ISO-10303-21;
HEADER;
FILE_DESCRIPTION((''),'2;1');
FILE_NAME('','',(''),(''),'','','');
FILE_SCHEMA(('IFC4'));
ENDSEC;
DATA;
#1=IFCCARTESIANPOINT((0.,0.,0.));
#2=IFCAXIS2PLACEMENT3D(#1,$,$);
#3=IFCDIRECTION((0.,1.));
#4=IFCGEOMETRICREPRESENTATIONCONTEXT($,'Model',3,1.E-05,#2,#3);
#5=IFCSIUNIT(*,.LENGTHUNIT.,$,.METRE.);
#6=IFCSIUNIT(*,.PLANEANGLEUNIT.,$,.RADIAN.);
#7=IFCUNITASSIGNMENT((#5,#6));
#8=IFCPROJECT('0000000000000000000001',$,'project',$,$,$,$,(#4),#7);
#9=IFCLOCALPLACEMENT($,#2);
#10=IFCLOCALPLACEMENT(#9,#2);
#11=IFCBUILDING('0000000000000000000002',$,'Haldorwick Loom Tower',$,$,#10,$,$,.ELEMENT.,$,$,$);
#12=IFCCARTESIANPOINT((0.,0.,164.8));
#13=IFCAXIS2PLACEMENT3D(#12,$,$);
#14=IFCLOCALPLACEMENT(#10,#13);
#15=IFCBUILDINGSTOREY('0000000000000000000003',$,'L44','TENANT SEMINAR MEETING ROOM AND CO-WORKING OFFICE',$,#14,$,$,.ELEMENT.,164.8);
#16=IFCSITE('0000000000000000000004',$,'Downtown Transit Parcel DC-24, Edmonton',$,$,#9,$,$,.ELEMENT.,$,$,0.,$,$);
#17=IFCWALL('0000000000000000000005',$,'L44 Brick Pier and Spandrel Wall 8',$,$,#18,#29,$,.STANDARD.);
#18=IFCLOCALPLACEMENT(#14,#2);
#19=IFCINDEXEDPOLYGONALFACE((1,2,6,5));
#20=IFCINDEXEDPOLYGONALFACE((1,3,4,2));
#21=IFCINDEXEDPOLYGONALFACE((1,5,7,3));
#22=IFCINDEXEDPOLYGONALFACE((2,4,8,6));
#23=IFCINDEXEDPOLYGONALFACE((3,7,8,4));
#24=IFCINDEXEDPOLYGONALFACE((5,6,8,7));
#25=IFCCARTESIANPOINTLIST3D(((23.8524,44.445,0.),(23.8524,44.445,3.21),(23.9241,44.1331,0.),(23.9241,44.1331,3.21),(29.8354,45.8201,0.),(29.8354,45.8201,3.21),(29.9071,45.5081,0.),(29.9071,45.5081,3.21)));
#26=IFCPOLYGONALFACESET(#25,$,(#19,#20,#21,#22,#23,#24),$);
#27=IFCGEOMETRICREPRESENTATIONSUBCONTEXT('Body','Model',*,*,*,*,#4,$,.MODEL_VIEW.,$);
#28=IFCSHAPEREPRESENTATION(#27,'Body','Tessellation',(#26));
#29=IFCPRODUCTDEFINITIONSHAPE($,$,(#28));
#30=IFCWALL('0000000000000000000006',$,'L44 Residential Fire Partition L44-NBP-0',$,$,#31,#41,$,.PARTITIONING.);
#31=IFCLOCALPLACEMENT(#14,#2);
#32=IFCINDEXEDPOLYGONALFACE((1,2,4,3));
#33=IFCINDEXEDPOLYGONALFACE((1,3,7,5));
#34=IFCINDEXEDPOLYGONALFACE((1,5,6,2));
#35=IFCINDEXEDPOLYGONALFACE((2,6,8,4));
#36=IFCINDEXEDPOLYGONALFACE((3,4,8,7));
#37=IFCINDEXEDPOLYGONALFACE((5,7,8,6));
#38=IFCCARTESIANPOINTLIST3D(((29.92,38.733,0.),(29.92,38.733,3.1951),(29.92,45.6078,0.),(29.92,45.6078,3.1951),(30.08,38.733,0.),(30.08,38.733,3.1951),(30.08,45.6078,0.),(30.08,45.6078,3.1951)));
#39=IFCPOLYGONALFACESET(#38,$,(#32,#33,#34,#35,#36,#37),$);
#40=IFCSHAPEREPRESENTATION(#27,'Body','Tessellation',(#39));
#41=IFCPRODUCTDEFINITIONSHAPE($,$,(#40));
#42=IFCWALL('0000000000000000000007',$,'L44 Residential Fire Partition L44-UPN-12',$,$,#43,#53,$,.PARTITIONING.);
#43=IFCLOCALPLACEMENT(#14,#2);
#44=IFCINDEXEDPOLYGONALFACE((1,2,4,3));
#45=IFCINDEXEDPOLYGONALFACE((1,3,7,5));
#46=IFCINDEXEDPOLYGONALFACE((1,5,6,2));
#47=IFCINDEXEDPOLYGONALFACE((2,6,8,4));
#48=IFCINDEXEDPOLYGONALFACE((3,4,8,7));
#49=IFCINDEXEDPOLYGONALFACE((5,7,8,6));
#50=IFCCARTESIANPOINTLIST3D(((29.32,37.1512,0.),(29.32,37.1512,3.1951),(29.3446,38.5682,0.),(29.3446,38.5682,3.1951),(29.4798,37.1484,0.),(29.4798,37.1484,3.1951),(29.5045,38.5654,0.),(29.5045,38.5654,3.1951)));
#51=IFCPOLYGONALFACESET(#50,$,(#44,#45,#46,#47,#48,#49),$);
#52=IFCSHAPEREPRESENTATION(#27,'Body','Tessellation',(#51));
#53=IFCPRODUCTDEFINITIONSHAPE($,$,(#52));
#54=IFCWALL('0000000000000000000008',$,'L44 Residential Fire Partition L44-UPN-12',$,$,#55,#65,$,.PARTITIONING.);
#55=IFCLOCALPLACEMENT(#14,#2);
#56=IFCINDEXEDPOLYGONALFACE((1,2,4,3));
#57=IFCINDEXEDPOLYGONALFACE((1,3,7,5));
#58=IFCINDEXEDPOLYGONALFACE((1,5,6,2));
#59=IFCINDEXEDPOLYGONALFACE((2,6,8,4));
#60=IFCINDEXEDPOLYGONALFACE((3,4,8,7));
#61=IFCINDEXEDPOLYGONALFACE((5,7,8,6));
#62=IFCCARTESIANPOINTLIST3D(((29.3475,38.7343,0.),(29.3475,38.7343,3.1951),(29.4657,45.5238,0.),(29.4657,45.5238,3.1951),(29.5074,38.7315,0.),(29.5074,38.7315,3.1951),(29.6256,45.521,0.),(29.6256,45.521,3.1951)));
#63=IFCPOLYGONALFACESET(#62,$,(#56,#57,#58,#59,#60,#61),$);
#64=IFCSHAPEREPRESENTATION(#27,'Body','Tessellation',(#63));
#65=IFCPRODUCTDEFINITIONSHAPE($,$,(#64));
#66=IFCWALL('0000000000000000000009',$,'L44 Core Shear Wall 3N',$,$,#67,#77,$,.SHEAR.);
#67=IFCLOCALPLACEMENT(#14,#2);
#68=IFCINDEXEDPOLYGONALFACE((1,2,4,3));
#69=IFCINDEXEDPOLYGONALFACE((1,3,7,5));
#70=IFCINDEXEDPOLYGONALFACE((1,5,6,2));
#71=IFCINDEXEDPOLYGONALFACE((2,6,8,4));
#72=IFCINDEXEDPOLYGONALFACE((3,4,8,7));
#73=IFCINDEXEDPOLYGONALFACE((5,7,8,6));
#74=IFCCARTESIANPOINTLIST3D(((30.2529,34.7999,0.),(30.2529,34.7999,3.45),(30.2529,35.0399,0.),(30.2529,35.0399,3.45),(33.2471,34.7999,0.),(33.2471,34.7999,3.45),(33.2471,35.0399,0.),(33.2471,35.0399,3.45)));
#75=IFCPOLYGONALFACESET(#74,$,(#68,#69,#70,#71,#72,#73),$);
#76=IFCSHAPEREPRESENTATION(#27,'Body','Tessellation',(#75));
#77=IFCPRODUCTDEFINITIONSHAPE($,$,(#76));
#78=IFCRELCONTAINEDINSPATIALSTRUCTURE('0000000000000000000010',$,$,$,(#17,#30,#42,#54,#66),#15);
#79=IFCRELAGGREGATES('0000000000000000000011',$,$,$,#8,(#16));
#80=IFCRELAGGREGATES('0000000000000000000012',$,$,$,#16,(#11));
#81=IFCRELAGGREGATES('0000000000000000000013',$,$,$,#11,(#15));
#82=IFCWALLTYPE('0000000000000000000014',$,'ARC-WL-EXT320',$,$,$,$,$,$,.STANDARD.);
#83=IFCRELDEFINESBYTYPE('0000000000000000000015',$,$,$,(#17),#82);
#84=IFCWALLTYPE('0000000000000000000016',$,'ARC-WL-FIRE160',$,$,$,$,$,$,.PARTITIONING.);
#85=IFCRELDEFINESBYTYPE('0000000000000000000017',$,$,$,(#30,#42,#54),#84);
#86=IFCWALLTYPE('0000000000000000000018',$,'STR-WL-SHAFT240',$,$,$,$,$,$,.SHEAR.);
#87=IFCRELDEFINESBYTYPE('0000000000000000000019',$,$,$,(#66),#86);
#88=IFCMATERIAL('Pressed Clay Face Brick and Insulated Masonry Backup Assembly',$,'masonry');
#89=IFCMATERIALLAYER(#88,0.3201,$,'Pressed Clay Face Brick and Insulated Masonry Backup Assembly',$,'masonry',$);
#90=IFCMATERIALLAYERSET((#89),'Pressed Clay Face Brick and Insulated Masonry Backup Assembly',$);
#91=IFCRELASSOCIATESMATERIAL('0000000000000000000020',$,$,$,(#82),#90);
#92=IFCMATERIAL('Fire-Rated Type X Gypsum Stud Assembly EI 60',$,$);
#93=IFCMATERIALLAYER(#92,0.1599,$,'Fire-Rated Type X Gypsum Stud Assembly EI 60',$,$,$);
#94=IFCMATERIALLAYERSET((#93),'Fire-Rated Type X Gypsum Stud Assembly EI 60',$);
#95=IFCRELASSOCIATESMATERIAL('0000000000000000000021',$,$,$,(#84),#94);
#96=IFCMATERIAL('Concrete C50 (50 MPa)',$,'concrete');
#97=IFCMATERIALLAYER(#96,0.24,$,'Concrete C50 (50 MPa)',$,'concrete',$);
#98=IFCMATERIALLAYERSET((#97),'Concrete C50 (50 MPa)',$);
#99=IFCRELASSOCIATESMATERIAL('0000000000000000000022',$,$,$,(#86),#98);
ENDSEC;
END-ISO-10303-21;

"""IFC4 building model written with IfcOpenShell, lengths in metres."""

from ifc_helpers import new_model, si_unit, direction, frame, frame_2d, origin, place, context, subcontext, project, spatial, rectangle, extrude, material, layer, layer_set, type_object, element, save


model = new_model("IFC4")

# Units and contexts
model_context = context("Model", 3, precision=1e-05, world=origin(), true_north=direction((0.0, 1.0)))
body_context = subcontext(model_context, "Body", "Model", "MODEL_VIEW")
ifc_project = project(units=[si_unit("LENGTHUNIT", "METRE"), si_unit("PLANEANGLEUNIT", "RADIAN")], contexts=[model_context])

# Site, building, storey
site_placement = place(None, origin())
site = spatial("IfcSite", under=ifc_project, at=site_placement, Name="Downtown Transit Parcel DC-24, Edmonton", CompositionType="ELEMENT", RefElevation=0.0)
building_placement = place(site_placement, origin())
building = spatial("IfcBuilding", under=site, at=building_placement, Name="Haldorwick Loom Tower", CompositionType="ELEMENT")
storey_placement = place(building_placement, frame((0.0, 0.0, 164.8)))
storey = spatial("IfcBuildingStorey", under=building, at=storey_placement, Name="L44", Description="TENANT SEMINAR MEETING ROOM AND CO-WORKING OFFICE", CompositionType="ELEMENT", Elevation=164.8)

# Walls
ifc_material_1 = material(Name="Pressed Clay Face Brick and Insulated Masonry Backup Assembly", Category="masonry")
ifc_layer_1 = layer(ifc_material_1, 0.3201, Name="Pressed Clay Face Brick and Insulated Masonry Backup Assembly", Category="masonry")
ifc_layer_set_1 = layer_set([ifc_layer_1], Name="Pressed Clay Face Brick and Insulated Masonry Backup Assembly")
wall_type_1 = type_object("IfcWallType", Name="ARC-WL-EXT320", PredefinedType="STANDARD", material=ifc_layer_set_1)
wall_1_placement = place(storey_placement, frame((29.8711, 45.6641, 0.0), z_axis=(0.0, 0.0, 1.0), x_axis=(-0.974593, -0.223982, 0.0)))
element("IfcWall", 1, at=wall_1_placement, inside=storey, type_object=wall_type_1, Name="L44 Brick Pier and Spandrel Wall 8", PredefinedType="STANDARD", context=body_context, shape_type="SweptSolid", body=[
    extrude(rectangle(XDim=6.1389, YDim=0.3201, at=frame_2d((3.0693, 0.0))), origin(), (0.0, 0.0, 1.0), 3.21),
])
ifc_material_2 = material(Name="Fire-Rated Type X Gypsum Stud Assembly EI 60")
ifc_layer_2 = layer(ifc_material_2, 0.1599, Name="Fire-Rated Type X Gypsum Stud Assembly EI 60")
ifc_layer_set_2 = layer_set([ifc_layer_2], Name="Fire-Rated Type X Gypsum Stud Assembly EI 60")
wall_type_2 = type_object("IfcWallType", Name="ARC-WL-FIRE160", PredefinedType="PARTITIONING", material=ifc_layer_set_2)
wall_2_placement = place(storey_placement, frame((30.0, 38.7329, 0.0), z_axis=(0.0, 0.0, 1.0), x_axis=(0.0, 1.0, 0.0)))
element("IfcWall", 2, at=wall_2_placement, inside=storey, type_object=wall_type_2, Name="L44 Residential Fire Partition L44-NBP-0", PredefinedType="PARTITIONING", context=body_context, shape_type="SweptSolid", body=[
    extrude(rectangle(XDim=6.8748, YDim=0.1599, at=frame_2d((3.4375, 0.0))), origin(), (0.0, 0.0, 1.0), 3.1951),
])
wall_3_placement = place(storey_placement, frame((29.3999, 37.1499, 0.0), z_axis=(0.0, 0.0, 1.0), x_axis=(0.017399, 0.999849, 0.0)))
element("IfcWall", 3, at=wall_3_placement, inside=storey, type_object=wall_type_2, Name="L44 Residential Fire Partition L44-UPN-12", PredefinedType="PARTITIONING", context=body_context, shape_type="SweptSolid", body=[
    extrude(rectangle(XDim=1.4172, YDim=0.1599, at=frame_2d((0.7085, 0.0))), origin(), (0.0, 0.0, 1.0), 3.1951),
])
wall_4_placement = place(storey_placement, frame((29.4275, 38.7329, 0.0), z_axis=(0.0, 0.0, 1.0), x_axis=(0.017401, 0.999849, 0.0)))
element("IfcWall", 4, at=wall_4_placement, inside=storey, type_object=wall_type_2, Name="L44 Residential Fire Partition L44-UPN-12", PredefinedType="PARTITIONING", context=body_context, shape_type="SweptSolid", body=[
    extrude(rectangle(XDim=6.7905, YDim=0.1599, at=frame_2d((3.3953, 0.0))), origin(), (0.0, 0.0, 1.0), 3.1951),
])
ifc_material_3 = material(Name="Concrete C50 (50 MPa)", Category="concrete")
ifc_layer_3 = layer(ifc_material_3, 0.24, Name="Concrete C50 (50 MPa)", Category="concrete")
ifc_layer_set_3 = layer_set([ifc_layer_3], Name="Concrete C50 (50 MPa)")
wall_type_3 = type_object("IfcWallType", Name="STR-WL-SHAFT240", PredefinedType="SHEAR", material=ifc_layer_set_3)
wall_5_placement = place(storey_placement, frame((30.2529, 34.9199, 0.0), z_axis=(0.0, 0.0, 1.0), x_axis=(1.0, 0.0, 0.0)))
element("IfcWall", 5, at=wall_5_placement, inside=storey, type_object=wall_type_3, Name="L44 Core Shear Wall 3N", PredefinedType="SHEAR", context=body_context, shape_type="SweptSolid", body=[
    extrude(rectangle(XDim=2.9941, YDim=0.24, at=frame_2d((1.4971, 0.0))), origin(), (0.0, 0.0, 1.0), 3.45),
])

save(model, "model.ifc")
